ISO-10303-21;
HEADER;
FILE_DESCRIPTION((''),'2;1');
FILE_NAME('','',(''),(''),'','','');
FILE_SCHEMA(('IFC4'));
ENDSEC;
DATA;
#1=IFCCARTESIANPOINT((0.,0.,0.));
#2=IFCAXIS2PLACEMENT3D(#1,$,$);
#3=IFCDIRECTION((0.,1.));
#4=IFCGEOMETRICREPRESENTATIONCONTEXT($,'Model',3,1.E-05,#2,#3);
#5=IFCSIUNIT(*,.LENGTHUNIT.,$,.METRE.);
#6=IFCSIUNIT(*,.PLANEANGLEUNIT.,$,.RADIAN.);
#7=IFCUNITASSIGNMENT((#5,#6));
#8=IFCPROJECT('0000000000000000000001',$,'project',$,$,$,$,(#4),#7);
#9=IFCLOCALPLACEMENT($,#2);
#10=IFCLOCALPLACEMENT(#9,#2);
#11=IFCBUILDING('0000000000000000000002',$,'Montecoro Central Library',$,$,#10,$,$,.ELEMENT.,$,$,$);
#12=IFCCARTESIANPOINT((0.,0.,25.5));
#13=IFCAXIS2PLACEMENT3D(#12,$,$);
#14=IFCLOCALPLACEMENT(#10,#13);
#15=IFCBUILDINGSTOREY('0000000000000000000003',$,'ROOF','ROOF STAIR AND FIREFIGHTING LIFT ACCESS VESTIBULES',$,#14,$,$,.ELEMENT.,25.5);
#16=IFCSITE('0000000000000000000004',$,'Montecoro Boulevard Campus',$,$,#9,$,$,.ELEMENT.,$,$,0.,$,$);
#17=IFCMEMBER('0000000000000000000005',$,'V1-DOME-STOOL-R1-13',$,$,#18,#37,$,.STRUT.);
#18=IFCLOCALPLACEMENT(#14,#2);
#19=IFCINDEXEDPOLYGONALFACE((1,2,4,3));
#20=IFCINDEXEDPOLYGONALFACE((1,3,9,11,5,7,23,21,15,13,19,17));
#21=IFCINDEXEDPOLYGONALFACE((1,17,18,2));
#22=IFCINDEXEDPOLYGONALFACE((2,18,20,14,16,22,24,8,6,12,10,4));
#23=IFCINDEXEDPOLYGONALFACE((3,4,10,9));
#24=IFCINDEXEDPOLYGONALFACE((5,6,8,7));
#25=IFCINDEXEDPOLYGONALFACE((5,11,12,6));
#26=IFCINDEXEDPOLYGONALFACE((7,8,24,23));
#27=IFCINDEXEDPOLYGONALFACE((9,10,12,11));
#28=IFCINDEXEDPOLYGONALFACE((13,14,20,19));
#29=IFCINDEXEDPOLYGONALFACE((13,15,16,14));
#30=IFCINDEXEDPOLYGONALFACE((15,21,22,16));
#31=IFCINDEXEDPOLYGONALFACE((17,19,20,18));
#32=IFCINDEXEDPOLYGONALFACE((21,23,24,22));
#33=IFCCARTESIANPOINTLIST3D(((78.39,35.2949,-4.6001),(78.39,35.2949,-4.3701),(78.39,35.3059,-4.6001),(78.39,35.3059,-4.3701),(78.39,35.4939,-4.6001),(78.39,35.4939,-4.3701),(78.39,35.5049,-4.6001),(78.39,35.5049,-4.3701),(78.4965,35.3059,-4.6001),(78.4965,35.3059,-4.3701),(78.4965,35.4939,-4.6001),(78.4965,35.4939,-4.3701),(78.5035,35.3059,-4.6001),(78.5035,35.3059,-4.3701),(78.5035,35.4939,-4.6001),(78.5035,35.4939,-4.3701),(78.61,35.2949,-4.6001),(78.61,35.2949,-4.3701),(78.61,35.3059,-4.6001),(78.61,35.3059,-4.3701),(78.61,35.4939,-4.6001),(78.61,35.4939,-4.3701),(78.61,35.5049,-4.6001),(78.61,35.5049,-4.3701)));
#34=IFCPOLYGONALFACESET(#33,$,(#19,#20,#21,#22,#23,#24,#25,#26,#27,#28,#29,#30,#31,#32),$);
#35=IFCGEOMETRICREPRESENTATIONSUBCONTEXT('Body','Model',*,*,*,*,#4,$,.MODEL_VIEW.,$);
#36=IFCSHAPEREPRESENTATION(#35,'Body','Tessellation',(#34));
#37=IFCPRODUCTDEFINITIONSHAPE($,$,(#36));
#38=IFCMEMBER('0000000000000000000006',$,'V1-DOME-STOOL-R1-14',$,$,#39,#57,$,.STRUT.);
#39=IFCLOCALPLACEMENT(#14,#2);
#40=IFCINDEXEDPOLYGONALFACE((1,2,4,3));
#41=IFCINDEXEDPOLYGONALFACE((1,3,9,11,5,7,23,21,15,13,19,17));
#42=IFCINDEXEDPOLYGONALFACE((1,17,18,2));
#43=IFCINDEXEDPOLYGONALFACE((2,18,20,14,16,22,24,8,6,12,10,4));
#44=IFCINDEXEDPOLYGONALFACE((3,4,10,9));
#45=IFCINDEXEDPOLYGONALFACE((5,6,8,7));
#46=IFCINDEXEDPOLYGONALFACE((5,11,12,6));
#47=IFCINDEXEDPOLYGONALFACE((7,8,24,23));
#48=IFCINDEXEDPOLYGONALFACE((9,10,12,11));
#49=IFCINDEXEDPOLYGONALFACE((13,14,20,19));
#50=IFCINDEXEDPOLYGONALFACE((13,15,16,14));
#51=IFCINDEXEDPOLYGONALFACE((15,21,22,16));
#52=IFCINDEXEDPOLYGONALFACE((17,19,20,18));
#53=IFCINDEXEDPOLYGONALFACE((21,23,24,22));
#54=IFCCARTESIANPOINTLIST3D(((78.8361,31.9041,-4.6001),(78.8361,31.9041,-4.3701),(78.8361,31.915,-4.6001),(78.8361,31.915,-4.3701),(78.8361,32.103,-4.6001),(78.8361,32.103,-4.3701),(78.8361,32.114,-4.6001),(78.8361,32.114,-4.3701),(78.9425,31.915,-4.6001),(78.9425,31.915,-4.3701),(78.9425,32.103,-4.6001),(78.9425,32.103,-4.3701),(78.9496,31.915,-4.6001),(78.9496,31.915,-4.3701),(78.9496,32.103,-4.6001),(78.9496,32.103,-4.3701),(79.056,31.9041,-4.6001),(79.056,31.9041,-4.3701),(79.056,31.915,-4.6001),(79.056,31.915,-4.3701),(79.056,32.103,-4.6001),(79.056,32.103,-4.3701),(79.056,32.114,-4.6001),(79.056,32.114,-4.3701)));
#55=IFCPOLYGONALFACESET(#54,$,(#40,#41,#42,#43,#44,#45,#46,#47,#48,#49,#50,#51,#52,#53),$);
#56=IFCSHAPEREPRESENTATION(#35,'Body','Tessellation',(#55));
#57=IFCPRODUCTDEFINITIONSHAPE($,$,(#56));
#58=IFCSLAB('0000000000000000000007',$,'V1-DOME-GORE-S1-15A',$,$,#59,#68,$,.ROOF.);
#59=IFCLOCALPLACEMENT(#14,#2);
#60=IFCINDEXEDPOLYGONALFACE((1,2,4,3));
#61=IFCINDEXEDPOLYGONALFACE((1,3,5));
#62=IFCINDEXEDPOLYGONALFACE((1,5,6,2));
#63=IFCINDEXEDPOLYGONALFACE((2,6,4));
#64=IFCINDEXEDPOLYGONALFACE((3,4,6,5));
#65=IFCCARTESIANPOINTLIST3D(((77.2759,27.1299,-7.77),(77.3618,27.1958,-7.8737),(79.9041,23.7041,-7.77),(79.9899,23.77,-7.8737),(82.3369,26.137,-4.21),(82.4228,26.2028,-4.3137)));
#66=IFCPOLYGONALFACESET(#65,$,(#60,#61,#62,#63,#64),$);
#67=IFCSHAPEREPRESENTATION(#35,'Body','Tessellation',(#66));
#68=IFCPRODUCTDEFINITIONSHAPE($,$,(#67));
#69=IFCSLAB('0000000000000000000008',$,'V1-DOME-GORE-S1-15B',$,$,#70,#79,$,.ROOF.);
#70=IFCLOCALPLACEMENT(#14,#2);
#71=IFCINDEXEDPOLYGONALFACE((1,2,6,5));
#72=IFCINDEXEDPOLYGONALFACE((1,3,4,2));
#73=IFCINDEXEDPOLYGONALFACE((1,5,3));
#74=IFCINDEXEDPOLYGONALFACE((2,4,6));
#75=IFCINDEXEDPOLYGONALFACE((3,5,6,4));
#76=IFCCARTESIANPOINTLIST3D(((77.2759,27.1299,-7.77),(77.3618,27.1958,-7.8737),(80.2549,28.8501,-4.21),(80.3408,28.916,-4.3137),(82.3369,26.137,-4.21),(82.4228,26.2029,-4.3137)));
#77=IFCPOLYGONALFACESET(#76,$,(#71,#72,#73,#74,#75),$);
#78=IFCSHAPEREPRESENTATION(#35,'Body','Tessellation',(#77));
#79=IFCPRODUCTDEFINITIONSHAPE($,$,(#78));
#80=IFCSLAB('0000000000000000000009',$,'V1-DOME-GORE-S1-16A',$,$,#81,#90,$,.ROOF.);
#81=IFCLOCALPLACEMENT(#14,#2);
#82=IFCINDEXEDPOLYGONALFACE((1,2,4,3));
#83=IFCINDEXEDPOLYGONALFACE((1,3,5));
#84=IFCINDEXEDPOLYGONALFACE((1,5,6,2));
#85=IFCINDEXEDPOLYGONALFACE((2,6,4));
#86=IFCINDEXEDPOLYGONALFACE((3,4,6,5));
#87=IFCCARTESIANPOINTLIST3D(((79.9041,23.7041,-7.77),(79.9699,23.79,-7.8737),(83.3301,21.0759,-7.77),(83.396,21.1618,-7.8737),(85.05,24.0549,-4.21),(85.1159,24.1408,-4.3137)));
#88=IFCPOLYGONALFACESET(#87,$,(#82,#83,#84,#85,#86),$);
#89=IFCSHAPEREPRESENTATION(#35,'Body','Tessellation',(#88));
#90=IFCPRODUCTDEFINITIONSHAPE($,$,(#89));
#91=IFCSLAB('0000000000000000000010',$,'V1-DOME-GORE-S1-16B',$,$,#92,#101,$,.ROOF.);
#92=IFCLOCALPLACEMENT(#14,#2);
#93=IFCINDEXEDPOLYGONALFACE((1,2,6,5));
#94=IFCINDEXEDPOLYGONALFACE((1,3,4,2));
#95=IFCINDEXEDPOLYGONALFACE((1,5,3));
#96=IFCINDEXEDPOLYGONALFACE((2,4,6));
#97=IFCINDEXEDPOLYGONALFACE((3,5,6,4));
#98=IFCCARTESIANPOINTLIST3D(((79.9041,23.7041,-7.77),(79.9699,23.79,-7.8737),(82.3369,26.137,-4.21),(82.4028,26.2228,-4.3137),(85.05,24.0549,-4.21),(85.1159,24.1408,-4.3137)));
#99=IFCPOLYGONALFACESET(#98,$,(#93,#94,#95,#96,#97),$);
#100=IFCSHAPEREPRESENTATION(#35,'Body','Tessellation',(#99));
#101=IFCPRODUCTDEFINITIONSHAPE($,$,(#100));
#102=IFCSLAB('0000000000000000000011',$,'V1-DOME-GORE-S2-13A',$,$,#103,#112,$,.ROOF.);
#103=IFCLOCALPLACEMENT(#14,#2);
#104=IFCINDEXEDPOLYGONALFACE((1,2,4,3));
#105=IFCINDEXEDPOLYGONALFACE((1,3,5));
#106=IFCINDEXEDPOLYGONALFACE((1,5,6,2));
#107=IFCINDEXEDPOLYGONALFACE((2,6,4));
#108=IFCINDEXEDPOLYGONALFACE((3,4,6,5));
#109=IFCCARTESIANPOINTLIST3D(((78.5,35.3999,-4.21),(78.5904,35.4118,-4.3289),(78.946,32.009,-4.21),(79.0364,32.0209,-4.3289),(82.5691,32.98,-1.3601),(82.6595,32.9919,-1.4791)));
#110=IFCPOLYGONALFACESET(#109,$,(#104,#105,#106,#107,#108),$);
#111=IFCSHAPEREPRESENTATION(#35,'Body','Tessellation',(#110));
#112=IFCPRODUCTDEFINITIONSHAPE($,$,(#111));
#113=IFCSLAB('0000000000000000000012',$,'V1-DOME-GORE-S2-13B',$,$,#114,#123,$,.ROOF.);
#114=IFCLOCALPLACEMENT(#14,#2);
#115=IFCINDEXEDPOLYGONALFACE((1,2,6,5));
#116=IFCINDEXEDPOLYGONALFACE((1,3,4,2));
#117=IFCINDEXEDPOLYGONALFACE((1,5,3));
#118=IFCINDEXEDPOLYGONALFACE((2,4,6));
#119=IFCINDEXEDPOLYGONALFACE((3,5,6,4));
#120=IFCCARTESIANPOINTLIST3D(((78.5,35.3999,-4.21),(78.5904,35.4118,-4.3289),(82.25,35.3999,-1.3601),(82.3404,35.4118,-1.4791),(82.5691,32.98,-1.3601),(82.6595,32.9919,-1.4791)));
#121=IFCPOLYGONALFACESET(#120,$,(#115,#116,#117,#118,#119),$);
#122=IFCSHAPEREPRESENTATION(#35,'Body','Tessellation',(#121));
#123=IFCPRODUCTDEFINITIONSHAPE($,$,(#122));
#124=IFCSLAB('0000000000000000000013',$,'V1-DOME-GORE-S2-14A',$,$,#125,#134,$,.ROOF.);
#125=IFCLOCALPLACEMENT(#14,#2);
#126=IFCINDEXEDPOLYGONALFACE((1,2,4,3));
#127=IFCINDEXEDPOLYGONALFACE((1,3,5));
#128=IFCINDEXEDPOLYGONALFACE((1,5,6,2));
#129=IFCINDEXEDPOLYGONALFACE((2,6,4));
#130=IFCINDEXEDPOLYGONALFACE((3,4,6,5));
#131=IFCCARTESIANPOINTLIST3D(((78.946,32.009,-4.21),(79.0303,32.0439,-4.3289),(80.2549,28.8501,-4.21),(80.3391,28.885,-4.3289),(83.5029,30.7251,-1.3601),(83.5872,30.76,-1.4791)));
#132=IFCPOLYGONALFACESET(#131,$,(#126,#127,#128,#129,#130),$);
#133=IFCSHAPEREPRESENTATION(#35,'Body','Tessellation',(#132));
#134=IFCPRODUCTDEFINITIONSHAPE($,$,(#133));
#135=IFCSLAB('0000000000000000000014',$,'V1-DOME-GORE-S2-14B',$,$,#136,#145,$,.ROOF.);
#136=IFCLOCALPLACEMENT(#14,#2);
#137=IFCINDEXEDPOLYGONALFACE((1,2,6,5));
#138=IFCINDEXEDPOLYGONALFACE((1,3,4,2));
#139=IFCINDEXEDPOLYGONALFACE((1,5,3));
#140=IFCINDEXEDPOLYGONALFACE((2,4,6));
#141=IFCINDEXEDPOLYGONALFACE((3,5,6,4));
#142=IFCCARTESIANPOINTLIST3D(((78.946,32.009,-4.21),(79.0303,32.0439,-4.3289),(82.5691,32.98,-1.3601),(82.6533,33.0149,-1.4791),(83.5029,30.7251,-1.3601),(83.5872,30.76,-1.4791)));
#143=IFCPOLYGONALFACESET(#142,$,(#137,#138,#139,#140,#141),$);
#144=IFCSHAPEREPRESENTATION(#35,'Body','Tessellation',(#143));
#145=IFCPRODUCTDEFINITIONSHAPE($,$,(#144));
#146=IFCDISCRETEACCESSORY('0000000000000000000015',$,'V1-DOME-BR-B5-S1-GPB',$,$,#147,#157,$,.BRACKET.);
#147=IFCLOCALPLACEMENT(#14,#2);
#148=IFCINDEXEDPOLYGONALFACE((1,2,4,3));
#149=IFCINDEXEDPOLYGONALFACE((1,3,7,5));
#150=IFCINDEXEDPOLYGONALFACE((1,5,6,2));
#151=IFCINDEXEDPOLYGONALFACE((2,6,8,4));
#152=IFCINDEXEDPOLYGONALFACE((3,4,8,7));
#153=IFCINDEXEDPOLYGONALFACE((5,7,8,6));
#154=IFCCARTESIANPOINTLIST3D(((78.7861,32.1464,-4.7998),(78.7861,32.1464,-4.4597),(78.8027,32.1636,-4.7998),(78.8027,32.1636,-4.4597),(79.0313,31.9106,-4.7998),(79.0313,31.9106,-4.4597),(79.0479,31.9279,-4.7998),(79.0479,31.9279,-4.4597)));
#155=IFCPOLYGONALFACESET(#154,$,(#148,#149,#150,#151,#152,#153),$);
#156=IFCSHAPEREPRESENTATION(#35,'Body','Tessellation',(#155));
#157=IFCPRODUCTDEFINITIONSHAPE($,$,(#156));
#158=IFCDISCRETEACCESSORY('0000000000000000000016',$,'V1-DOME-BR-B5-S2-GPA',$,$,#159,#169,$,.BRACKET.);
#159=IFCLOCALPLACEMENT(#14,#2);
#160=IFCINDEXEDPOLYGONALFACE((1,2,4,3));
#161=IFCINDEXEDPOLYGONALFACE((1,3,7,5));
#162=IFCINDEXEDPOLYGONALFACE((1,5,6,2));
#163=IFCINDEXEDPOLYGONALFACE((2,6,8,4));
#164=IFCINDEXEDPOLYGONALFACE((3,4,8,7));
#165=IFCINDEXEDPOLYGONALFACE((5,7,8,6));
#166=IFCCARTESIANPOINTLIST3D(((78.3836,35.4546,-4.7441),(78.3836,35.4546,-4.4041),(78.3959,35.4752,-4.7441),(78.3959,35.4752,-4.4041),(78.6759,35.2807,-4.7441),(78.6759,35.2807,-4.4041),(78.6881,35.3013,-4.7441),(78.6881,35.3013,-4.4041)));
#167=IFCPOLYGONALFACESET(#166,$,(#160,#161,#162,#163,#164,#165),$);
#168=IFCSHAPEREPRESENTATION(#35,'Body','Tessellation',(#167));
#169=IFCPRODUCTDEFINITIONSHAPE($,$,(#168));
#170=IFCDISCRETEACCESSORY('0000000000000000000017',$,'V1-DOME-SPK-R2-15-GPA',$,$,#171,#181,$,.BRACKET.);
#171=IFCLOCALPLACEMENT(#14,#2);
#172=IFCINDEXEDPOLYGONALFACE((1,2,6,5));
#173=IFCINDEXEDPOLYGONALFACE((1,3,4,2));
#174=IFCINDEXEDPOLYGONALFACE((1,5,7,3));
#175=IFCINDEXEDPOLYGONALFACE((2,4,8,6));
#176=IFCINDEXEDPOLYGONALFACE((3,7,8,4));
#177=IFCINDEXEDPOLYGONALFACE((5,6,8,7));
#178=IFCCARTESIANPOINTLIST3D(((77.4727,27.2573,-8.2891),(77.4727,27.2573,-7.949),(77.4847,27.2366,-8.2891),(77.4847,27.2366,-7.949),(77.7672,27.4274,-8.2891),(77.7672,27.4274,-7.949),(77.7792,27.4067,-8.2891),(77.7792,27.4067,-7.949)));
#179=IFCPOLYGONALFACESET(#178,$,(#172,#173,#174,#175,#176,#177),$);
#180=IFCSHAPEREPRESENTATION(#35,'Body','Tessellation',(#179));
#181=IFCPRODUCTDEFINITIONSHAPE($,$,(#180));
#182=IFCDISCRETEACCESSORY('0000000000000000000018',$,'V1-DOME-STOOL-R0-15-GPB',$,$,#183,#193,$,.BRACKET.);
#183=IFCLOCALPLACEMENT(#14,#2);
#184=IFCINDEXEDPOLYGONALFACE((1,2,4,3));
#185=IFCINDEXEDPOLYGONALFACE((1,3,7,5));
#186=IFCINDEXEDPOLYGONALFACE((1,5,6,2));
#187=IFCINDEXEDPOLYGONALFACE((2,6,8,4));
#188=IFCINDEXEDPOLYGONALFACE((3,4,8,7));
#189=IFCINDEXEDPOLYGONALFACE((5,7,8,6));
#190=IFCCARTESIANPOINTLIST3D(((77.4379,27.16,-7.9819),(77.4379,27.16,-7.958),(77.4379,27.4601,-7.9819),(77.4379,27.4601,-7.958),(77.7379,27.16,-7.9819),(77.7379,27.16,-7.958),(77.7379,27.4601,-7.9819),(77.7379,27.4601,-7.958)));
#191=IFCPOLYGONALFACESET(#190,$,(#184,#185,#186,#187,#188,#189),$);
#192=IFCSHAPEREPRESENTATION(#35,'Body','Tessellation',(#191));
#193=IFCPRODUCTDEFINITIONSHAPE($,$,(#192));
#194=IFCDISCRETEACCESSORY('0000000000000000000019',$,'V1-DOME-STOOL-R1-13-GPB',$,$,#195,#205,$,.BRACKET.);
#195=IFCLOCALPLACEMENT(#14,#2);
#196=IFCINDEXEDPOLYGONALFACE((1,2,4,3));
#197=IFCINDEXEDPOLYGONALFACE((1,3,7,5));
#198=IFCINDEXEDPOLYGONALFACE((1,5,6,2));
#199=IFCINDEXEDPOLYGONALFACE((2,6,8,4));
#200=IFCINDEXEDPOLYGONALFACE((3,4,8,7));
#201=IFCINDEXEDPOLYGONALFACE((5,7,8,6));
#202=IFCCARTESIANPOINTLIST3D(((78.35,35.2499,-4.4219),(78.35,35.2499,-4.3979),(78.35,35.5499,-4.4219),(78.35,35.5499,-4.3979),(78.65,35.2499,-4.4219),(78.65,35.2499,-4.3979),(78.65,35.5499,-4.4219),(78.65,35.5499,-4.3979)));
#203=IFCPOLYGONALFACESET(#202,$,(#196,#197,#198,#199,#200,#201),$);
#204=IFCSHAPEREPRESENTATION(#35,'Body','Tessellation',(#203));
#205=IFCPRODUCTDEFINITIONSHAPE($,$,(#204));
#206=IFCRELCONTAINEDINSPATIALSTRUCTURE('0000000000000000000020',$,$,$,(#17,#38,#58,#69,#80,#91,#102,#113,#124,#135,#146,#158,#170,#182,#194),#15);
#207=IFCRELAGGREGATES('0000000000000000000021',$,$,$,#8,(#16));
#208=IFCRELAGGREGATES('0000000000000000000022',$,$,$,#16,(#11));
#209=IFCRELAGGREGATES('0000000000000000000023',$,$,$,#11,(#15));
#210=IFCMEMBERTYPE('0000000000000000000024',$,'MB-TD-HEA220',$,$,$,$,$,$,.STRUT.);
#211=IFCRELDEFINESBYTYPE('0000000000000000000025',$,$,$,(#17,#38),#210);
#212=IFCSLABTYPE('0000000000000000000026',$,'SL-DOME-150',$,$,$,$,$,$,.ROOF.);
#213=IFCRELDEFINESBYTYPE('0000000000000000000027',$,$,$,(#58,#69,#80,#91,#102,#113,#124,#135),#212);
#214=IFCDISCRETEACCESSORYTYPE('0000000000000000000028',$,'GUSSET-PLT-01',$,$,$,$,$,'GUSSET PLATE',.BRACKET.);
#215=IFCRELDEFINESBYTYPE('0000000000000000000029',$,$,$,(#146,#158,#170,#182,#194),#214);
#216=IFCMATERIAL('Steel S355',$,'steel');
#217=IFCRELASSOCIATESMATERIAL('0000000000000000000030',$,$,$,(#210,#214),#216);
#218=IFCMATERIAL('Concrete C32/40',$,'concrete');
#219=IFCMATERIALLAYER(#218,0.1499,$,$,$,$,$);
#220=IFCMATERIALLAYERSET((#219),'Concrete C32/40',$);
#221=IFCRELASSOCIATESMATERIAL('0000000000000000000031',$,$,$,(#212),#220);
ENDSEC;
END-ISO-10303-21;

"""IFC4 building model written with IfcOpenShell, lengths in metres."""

from ifc_helpers import new_model, si_unit, direction, frame, origin, origin_2d, place, context, subcontext, project, spatial, polyline, rectangle, i_section, outline, extrude, material, layer, layer_set, material_profile, profile_set, type_object, element, save


model = new_model("IFC4")

# Units and contexts
model_context = context("Model", 3, precision=1e-05, world=origin(), true_north=direction((0.0, 1.0)))
body_context = subcontext(model_context, "Body", "Model", "MODEL_VIEW")
ifc_project = project(units=[si_unit("LENGTHUNIT", "METRE"), si_unit("PLANEANGLEUNIT", "RADIAN")], contexts=[model_context])

# Site, building, storey
site_placement = place(None, origin())
site = spatial("IfcSite", under=ifc_project, at=site_placement, Name="Montecoro Boulevard Campus", CompositionType="ELEMENT", RefElevation=0.0)
building_placement = place(site_placement, origin())
building = spatial("IfcBuilding", under=site, at=building_placement, Name="Montecoro Central Library", CompositionType="ELEMENT")
storey_placement = place(building_placement, frame((0.0, 0.0, 25.5)))
storey = spatial("IfcBuildingStorey", under=building, at=storey_placement, Name="ROOF", Description="ROOF STAIR AND FIREFIGHTING LIFT ACCESS VESTIBULES", CompositionType="ELEMENT", Elevation=25.5)

# Members
ifc_material_1 = material(Name="Steel S355", Category="steel")
ifc_material_profile_1 = material_profile(ifc_material_1, i_section(OverallWidth=0.22, OverallDepth=0.21, WebThickness=0.0071, FlangeThickness=0.011, at=origin_2d()), Name="HEA 220")
ifc_profile_set_1 = profile_set([ifc_material_profile_1], Name="Steel S355")
member_type_1 = type_object("IfcMemberType", Name="MB-TD-HEA220", PredefinedType="STRUT", material=ifc_profile_set_1)
for number, where, z_axis, x_axis, name in (
    (1, (78.5, 35.3999, -4.6001), (0.0, 0.0, 1.0), (1.0, 0.0, 0.0), "V1-DOME-STOOL-R1-13"),
    (2, (78.946, 32.009, -4.6001), (0.0, 0.0, 1.0), (1.0, 0.0, 0.0), "V1-DOME-STOOL-R1-14"),
):
    element("IfcMember", number, at=place(storey_placement, frame(where, z_axis=z_axis, x_axis=x_axis)), inside=storey, type_object=member_type_1, Name=name, PredefinedType="STRUT", context=body_context, shape_type="SweptSolid", body=[
        extrude(i_section(OverallWidth=0.22, OverallDepth=0.21, WebThickness=0.0071, FlangeThickness=0.011, at=origin_2d()), origin(), (0.0, 0.0, 1.0), 0.23),
    ])

# Slabs
ifc_material_2 = material(Name="Concrete C32/40", Category="concrete")
ifc_layer = layer(ifc_material_2, 0.1499)
ifc_layer_set = layer_set([ifc_layer], Name="Concrete C32/40")
slab_type = type_object("IfcSlabType", Name="SL-DOME-150", PredefinedType="ROOF", material=ifc_layer_set)
slab_1_placement = place(storey_placement, frame((77.2759, 27.1299, -7.77), z_axis=(-0.572883, -0.439502, 0.69184), x_axis=(0.608686, -0.793412, 0.0)))
element("IfcSlab", 3, at=slab_1_placement, inside=storey, type_object=slab_type, Name="V1-DOME-GORE-S1-15A", PredefinedType="ROOF", context=body_context, shape_type="SweptSolid", body=[
    extrude(outline(polyline([(0.0, 0.0), (4.3178, 0.0), (3.8684, 4.9305), (0.0, 0.0)])), origin(), (0.0, 0.0, -1.0), 0.1499),
])
slab_2_placement = place(storey_placement, frame((77.2759, 27.1299, -7.77), z_axis=(-0.572866, -0.439611, 0.691785), x_axis=(0.807582, -0.158439, 0.568074)))
element("IfcSlab", 4, at=slab_2_placement, inside=storey, type_object=slab_type, Name="V1-DOME-GORE-S1-15B", PredefinedType="ROOF", context=body_context, shape_type="SweptSolid", body=[
    extrude(outline(polyline([(0.0, 0.0), (6.2669, 0.0), (4.1556, 2.6904), (0.0, 0.0)])), origin(), (0.0, 0.0, -1.0), 0.1499),
])
slab_3_placement = place(storey_placement, frame((79.9041, 23.7041, -7.77), z_axis=(-0.439519, -0.572946, 0.691777), x_axis=(0.793433, -0.608658, 0.0)))
element("IfcSlab", 5, at=slab_3_placement, inside=storey, type_object=slab_type, Name="V1-DOME-GORE-S1-16A", PredefinedType="ROOF", context=body_context, shape_type="SweptSolid", body=[
    extrude(outline(polyline([(0.0, 0.0), (4.318, 0.0), (3.8695, 4.9301), (0.0, 0.0)])), origin(), (0.0, 0.0, -1.0), 0.1499),
])
slab_4_placement = place(storey_placement, frame((79.9041, 23.7041, -7.77), z_axis=(-0.439575, -0.572819, 0.691847), x_axis=(0.821094, 0.055978, 0.568042)))
element("IfcSlab", 6, at=slab_4_placement, inside=storey, type_object=slab_type, Name="V1-DOME-GORE-S1-16B", PredefinedType="ROOF", context=body_context, shape_type="SweptSolid", body=[
    extrude(outline(polyline([(0.0, 0.0), (6.2672, 0.0), (4.1561, 2.6905), (0.0, 0.0)])), origin(), (0.0, 0.0, -1.0), 0.1499),
])
slab_5_placement = place(storey_placement, frame((78.5, 35.3999, -4.21), z_axis=(-0.603078, -0.079331, 0.793727), x_axis=(0.130419, -0.991459, 0.0)))
element("IfcSlab", 7, at=slab_5_placement, inside=storey, type_object=slab_type, Name="V1-DOME-GORE-S2-13A", PredefinedType="ROOF", context=body_context, shape_type="SweptSolid", body=[
    extrude(outline(polyline([(0.0, 0.0), (3.4201, 0.0), (2.9299, 4.6852), (0.0, 0.0)])), origin(), (0.0, 0.0, -1.0), 0.1499),
])
slab_6_placement = place(storey_placement, frame((78.5, 35.3999, -4.21), z_axis=(-0.603147, -0.079531, 0.793655), x_axis=(0.736372, -0.437926, 0.51573)))
element("IfcSlab", 8, at=slab_6_placement, inside=storey, type_object=slab_type, Name="V1-DOME-GORE-S2-13B", PredefinedType="ROOF", context=body_context, shape_type="SweptSolid", body=[
    extrude(outline(polyline([(0.0, 0.0), (5.5259, 0.0), (4.2311, 2.0692), (0.0, 0.0)])), origin(), (0.0, 0.0, -1.0), 0.1499),
])
slab_7_placement = place(storey_placement, frame((78.946, 32.009, -4.21), z_axis=(-0.561982, -0.232845, 0.7937), x_axis=(0.382774, -0.923842, 0.0)))
element("IfcSlab", 9, at=slab_7_placement, inside=storey, type_object=slab_type, Name="V1-DOME-GORE-S2-14A", PredefinedType="ROOF", context=body_context, shape_type="SweptSolid", body=[
    extrude(outline(polyline([(0.0, 0.0), (3.4193, 0.0), (2.9304, 4.6849), (0.0, 0.0)])), origin(), (0.0, 0.0, -1.0), 0.1499),
])
slab_8_placement = place(storey_placement, frame((78.946, 32.009, -4.21), z_axis=(-0.561974, -0.232736, 0.793737), x_axis=(0.824644, -0.232349, 0.515728)))
element("IfcSlab", 10, at=slab_8_placement, inside=storey, type_object=slab_type, Name="V1-DOME-GORE-S2-14B", PredefinedType="ROOF", context=body_context, shape_type="SweptSolid", body=[
    extrude(outline(polyline([(0.0, 0.0), (5.5259, 0.0), (4.2319, 2.0693), (0.0, 0.0)])), origin(), (0.0, 0.0, -1.0), 0.1499),
])

# Discrete accessories
discrete_accessory_type = type_object("IfcDiscreteAccessoryType", Name="GUSSET-PLT-01", ElementType="GUSSET PLATE", PredefinedType="BRACKET", material=ifc_material_1)
for number, where, z_axis, x_axis, name in (
    (11, (78.917, 32.0371, -4.7998), (0.0, 0.0, 1.0), (0.720793, -0.69315, 0.0), "V1-DOME-BR-B5-S1-GPB"),
    (12, (78.5359, 35.3779, -4.7441), (0.0, 0.0, 1.0), (0.859406, -0.511293, 0.0), "V1-DOME-BR-B5-S2-GPA"),
    (13, (77.626, 27.332, -8.2891), (0.0, 0.0, 1.0), (0.865938, 0.500151, 0.0), "V1-DOME-SPK-R2-15-GPA"),
):
    element("IfcDiscreteAccessory", number, at=place(storey_placement, frame(where, z_axis=z_axis, x_axis=x_axis)), inside=storey, type_object=discrete_accessory_type, Name=name, PredefinedType="BRACKET", context=body_context, shape_type="SweptSolid", body=[
        extrude(rectangle(XDim=0.3401, YDim=0.0239, at=origin_2d()), origin(), (0.0, 0.0, 1.0), 0.3401),
    ])
for number, where, z_axis, x_axis, name in (
    (14, (77.5879, 27.3101, -7.9819), (0.0, 0.0, 1.0), (1.0, 0.0, 0.0), "V1-DOME-STOOL-R0-15-GPB"),
    (15, (78.5, 35.3999, -4.4219), (0.0, 0.0, 1.0), (1.0, 0.0, 0.0), "V1-DOME-STOOL-R1-13-GPB"),
):
    element("IfcDiscreteAccessory", number, at=place(storey_placement, frame(where, z_axis=z_axis, x_axis=x_axis)), inside=storey, type_object=discrete_accessory_type, Name=name, PredefinedType="BRACKET", context=body_context, shape_type="SweptSolid", body=[
        extrude(rectangle(XDim=0.3, YDim=0.3, at=origin_2d()), origin(), (0.0, 0.0, 1.0), 0.0239),
    ])

save(model, "model.ifc")
